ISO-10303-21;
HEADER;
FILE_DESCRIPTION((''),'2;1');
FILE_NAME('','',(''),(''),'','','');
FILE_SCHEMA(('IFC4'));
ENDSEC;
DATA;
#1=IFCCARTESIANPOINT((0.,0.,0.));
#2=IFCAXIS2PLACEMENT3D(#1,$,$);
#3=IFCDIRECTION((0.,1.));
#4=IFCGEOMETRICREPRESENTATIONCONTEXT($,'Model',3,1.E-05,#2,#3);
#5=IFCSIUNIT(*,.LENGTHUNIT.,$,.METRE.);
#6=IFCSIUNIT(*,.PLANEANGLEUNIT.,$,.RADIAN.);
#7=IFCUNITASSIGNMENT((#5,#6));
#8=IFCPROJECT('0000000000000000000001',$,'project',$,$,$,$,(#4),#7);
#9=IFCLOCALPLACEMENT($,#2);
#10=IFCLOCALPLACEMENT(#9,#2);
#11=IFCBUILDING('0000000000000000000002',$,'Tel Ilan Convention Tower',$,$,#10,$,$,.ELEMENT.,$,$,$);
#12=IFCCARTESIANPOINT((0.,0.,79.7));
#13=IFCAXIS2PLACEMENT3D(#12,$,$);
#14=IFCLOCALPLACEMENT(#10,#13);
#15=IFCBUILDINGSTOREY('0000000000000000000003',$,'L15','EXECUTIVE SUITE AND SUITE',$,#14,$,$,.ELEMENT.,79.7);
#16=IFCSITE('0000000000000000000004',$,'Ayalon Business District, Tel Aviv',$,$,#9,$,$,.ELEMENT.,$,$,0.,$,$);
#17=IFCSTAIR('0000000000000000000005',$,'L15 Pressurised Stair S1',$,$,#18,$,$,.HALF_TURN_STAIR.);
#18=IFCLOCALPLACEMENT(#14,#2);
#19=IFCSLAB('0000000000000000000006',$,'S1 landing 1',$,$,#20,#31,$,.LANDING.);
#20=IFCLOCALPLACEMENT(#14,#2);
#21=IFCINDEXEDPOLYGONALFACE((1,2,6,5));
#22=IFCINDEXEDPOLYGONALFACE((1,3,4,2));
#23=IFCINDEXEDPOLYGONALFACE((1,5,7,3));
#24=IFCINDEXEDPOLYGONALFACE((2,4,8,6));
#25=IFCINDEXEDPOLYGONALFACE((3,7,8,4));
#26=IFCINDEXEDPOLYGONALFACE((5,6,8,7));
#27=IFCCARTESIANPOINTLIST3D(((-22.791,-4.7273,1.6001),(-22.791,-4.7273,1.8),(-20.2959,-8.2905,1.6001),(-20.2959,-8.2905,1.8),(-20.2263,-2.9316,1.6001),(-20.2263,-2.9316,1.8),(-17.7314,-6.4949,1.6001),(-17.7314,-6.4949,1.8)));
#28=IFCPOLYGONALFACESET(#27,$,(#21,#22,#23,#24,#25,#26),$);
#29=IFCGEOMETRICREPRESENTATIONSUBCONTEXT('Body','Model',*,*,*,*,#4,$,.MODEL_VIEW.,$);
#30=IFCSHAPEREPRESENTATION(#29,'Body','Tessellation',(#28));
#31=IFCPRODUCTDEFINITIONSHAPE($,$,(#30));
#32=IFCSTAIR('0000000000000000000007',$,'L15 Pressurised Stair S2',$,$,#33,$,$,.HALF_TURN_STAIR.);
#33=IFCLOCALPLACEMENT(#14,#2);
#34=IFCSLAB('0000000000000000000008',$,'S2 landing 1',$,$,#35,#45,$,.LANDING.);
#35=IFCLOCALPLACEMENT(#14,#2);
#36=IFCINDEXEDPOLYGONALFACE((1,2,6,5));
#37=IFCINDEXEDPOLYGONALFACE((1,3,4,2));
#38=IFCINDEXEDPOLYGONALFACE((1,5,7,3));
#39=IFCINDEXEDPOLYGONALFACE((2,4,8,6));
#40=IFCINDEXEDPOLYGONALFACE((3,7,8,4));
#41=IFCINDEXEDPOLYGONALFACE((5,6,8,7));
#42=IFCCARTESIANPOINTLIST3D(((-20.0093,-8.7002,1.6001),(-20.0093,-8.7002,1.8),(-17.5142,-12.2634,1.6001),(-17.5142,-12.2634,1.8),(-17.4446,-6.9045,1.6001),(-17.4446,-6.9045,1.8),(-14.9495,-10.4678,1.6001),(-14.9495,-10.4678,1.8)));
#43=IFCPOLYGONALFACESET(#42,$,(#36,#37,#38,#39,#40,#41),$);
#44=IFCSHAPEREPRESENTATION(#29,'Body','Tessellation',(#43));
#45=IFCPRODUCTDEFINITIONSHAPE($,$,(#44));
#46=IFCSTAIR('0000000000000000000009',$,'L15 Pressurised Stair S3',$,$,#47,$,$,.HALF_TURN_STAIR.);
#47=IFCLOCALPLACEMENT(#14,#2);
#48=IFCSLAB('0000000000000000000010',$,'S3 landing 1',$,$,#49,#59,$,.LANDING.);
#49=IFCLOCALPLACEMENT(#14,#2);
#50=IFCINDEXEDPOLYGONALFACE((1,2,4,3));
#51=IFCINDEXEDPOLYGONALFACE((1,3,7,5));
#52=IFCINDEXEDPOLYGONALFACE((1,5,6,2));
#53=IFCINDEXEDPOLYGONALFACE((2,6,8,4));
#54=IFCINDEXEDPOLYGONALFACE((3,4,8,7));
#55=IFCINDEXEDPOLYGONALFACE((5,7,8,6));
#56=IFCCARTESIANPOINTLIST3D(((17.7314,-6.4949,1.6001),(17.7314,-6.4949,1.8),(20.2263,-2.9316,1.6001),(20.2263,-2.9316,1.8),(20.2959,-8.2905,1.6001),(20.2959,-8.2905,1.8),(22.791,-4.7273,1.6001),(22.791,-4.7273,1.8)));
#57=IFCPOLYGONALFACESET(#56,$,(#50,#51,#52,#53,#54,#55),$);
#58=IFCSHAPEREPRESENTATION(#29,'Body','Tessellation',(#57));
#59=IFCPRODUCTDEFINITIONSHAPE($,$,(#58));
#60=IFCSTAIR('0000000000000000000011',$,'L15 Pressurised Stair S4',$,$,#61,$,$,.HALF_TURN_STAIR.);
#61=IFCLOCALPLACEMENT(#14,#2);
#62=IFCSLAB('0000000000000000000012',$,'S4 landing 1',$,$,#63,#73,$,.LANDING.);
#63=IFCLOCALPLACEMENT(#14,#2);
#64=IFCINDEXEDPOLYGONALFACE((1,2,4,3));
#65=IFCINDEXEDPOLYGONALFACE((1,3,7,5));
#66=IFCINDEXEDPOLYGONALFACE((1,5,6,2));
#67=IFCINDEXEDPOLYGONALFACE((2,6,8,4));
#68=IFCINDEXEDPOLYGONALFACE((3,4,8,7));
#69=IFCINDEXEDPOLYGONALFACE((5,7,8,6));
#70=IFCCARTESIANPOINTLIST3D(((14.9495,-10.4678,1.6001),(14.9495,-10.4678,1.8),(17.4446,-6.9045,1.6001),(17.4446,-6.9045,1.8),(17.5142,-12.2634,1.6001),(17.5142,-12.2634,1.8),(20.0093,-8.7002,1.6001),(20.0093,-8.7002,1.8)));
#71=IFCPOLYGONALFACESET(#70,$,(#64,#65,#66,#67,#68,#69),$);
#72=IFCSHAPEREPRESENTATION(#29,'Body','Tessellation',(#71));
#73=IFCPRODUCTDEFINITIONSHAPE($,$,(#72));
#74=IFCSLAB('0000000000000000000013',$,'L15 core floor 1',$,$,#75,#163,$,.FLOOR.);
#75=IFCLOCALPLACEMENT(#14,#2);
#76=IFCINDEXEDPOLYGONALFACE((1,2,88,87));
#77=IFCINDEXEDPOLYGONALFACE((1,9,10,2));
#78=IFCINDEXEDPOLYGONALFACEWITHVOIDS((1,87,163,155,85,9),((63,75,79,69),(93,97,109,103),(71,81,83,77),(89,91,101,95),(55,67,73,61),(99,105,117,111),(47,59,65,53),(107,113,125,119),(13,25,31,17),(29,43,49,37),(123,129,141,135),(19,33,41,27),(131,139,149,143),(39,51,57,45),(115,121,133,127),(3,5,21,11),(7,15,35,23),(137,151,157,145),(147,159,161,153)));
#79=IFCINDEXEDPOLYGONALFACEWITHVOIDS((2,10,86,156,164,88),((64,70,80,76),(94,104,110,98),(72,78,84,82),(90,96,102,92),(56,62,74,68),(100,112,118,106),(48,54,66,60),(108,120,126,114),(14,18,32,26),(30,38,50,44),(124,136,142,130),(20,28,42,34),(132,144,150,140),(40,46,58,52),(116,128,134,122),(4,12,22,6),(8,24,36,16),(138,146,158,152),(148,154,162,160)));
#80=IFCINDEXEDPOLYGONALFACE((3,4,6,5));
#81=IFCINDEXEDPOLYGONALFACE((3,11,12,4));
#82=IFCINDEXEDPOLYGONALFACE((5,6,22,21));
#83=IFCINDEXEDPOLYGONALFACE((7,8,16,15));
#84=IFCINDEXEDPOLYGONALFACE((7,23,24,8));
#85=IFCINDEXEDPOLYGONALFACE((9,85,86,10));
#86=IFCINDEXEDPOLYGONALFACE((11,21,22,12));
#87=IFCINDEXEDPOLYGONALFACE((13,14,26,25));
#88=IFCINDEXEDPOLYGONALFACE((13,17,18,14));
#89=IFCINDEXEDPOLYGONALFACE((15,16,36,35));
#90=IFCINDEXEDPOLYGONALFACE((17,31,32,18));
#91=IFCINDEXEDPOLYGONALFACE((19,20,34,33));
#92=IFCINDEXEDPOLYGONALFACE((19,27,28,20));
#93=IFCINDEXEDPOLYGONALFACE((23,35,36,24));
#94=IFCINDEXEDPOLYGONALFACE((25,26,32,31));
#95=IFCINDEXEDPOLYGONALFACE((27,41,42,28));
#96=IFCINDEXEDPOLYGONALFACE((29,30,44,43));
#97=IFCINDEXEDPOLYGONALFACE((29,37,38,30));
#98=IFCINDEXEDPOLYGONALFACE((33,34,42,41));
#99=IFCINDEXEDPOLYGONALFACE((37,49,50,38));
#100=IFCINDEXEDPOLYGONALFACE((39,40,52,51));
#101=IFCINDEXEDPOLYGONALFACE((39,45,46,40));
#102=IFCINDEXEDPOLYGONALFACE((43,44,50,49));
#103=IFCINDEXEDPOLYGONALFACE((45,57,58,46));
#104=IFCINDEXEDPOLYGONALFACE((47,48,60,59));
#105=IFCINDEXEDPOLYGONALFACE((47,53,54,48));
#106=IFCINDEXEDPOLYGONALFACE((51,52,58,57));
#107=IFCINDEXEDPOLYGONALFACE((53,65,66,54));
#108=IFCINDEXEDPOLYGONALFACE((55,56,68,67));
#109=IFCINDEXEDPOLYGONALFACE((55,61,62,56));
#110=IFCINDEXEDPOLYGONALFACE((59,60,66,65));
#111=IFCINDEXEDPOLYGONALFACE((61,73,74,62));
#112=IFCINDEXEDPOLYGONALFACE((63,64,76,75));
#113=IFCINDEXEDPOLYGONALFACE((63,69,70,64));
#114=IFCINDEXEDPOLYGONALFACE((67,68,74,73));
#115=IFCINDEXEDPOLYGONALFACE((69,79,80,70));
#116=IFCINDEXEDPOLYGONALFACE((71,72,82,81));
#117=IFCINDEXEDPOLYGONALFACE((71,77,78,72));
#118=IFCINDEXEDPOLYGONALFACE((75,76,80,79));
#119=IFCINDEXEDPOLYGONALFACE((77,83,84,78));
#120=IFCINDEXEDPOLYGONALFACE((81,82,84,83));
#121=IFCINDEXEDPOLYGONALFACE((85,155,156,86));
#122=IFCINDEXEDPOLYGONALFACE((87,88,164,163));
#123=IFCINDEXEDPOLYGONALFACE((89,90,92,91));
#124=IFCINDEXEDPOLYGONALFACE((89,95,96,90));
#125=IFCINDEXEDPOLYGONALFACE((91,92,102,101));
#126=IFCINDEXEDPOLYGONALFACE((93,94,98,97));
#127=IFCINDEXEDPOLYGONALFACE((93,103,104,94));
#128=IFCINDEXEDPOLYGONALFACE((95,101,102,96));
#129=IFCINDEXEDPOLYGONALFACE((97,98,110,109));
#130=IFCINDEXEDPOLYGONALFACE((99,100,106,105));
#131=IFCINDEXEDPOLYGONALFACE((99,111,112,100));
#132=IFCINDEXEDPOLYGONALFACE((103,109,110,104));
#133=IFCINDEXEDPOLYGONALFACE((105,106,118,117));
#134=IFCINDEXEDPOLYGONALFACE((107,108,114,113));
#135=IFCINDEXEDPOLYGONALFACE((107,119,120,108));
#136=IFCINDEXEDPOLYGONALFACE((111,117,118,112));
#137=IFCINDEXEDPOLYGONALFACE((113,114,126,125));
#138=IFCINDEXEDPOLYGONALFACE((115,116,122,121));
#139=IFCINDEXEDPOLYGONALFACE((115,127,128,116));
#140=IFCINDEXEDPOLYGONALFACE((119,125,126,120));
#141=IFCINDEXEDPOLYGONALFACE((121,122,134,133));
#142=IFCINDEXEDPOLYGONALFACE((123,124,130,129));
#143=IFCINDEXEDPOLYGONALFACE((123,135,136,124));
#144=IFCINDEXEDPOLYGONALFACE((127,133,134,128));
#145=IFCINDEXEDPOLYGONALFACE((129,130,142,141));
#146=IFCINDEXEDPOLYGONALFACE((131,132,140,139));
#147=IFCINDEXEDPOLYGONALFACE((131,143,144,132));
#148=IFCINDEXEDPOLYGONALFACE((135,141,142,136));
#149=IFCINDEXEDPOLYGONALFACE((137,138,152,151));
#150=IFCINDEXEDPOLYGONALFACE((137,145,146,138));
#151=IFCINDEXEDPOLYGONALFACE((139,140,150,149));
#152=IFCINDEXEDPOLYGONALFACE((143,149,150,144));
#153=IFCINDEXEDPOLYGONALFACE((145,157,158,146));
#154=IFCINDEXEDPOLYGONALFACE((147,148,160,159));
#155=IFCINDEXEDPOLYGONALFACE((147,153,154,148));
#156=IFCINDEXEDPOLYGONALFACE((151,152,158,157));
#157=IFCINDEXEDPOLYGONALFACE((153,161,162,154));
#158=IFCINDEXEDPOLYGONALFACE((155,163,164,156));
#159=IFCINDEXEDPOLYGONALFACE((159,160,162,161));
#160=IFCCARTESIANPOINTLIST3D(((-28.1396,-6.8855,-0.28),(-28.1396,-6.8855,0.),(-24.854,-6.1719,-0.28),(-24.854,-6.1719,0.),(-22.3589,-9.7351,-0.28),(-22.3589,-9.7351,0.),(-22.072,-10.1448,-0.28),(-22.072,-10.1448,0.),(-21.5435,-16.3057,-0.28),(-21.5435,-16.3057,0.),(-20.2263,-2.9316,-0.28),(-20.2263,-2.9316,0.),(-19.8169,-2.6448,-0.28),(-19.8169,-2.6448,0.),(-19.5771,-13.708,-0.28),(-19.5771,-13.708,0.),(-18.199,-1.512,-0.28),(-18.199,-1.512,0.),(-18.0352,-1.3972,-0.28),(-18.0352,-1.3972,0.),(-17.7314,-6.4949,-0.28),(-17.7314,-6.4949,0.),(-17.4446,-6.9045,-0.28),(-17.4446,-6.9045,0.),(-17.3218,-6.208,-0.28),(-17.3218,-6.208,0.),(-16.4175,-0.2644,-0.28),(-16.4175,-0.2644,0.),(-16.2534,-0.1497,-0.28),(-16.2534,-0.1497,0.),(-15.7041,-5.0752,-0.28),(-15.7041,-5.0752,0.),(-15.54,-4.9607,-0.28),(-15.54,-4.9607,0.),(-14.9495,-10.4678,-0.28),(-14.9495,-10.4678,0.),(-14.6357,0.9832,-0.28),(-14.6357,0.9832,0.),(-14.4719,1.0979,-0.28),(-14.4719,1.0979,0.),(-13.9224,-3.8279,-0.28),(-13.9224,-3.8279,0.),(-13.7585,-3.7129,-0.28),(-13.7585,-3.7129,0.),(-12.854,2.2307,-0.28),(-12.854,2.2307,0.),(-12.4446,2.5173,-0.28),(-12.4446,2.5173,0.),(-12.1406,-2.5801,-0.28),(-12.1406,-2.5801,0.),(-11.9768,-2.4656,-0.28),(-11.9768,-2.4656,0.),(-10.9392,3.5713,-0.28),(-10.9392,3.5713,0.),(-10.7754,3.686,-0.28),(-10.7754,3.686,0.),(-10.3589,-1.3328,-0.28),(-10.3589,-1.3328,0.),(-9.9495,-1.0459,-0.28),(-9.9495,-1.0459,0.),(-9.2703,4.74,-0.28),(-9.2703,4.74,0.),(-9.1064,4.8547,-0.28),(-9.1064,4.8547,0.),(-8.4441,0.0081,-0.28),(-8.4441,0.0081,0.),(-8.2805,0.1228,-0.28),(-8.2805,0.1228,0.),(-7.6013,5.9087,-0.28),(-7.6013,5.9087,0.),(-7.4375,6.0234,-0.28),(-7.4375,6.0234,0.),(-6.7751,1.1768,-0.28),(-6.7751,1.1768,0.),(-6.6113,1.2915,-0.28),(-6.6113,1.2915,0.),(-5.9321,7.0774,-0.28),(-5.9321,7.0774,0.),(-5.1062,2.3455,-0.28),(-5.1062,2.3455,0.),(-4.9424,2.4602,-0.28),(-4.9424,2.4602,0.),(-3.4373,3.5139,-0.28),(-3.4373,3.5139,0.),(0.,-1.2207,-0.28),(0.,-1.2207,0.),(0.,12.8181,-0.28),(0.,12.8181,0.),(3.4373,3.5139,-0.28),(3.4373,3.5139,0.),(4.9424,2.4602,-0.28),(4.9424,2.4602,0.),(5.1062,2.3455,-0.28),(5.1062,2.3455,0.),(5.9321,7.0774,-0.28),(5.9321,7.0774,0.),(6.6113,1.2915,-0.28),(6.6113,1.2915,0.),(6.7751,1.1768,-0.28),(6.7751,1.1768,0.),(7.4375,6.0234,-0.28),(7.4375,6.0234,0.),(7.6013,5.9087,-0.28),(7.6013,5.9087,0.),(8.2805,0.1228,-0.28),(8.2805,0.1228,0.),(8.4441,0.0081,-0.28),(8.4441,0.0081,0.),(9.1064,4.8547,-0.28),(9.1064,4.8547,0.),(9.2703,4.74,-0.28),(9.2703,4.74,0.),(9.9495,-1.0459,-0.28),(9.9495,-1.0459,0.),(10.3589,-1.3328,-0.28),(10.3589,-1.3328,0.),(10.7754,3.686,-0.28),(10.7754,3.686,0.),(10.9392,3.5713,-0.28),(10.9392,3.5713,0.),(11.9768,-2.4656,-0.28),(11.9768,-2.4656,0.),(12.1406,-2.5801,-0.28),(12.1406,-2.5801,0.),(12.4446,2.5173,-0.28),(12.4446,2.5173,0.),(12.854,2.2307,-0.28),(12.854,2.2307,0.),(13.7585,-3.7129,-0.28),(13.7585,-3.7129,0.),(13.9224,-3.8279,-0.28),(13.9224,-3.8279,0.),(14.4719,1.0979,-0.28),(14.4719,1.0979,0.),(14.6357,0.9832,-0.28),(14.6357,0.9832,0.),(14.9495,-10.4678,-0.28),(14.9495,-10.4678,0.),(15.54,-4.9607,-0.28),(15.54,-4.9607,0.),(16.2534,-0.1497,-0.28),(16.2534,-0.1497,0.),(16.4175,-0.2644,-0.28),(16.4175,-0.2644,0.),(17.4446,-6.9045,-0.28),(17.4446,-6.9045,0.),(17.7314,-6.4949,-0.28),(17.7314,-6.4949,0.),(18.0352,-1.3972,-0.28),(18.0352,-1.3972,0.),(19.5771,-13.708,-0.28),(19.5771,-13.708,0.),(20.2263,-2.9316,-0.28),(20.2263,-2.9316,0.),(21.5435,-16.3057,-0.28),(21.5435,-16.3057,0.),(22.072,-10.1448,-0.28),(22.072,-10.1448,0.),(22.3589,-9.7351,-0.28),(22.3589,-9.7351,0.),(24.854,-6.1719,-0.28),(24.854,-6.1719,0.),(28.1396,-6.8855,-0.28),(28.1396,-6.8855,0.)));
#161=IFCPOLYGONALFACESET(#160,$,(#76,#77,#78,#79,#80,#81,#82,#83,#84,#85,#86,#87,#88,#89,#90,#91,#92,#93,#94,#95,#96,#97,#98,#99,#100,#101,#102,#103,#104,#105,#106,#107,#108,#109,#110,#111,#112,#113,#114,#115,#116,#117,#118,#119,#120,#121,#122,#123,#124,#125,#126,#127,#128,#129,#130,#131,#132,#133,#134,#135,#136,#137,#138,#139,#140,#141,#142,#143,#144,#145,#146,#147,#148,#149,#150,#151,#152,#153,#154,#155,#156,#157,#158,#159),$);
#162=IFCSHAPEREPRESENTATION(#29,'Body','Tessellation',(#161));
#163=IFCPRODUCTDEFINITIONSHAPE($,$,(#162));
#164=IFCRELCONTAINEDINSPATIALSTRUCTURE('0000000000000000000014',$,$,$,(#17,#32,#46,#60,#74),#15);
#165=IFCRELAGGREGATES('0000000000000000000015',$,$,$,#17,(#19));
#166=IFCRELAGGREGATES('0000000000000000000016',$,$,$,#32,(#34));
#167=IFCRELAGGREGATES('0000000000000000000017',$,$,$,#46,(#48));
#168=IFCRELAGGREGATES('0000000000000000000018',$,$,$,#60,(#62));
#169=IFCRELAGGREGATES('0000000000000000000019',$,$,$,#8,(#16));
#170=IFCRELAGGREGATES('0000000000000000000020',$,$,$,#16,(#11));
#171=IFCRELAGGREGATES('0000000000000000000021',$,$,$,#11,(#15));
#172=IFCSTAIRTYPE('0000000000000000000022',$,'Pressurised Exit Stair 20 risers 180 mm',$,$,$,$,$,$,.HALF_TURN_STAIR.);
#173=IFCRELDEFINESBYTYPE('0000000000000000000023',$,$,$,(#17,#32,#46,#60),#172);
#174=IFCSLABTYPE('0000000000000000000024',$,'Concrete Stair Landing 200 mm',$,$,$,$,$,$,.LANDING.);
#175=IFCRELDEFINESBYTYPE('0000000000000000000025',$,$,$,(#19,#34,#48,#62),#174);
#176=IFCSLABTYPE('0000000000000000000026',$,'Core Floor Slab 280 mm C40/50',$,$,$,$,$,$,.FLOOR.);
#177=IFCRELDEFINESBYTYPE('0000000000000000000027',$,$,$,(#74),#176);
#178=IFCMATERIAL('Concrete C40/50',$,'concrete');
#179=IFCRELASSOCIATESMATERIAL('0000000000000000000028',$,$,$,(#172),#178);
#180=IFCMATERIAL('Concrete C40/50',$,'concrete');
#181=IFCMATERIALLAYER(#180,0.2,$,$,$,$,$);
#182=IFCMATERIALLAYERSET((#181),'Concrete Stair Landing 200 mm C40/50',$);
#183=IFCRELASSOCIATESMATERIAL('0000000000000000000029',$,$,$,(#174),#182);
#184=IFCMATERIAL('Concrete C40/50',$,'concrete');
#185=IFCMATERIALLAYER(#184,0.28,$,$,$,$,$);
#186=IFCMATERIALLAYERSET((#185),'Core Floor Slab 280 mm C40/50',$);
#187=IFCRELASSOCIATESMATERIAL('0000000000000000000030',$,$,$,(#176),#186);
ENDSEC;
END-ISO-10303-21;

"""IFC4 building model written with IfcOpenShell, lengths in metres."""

from ifc_helpers import new_model, si_unit, direction, frame, origin, place, context, subcontext, project, spatial, polyline, outline, extrude, material, layer, layer_set, type_object, element, aggregate, save


model = new_model("IFC4")

# Units and contexts
model_context = context("Model", 3, precision=1e-05, world=origin(), true_north=direction((0.0, 1.0)))
body_context = subcontext(model_context, "Body", "Model", "MODEL_VIEW")
ifc_project = project(units=[si_unit("LENGTHUNIT", "METRE"), si_unit("PLANEANGLEUNIT", "RADIAN")], contexts=[model_context])

# Site, building, storey
site_placement = place(None, origin())
site = spatial("IfcSite", under=ifc_project, at=site_placement, Name="Ayalon Business District, Tel Aviv", CompositionType="ELEMENT", RefElevation=0.0)
building_placement = place(site_placement, origin())
building = spatial("IfcBuilding", under=site, at=building_placement, Name="Tel Ilan Convention Tower", CompositionType="ELEMENT")
storey_placement = place(building_placement, frame((0.0, 0.0, 79.7)))
storey = spatial("IfcBuildingStorey", under=building, at=storey_placement, Name="L15", Description="EXECUTIVE SUITE AND SUITE", CompositionType="ELEMENT", Elevation=79.7)

# Stairs, slabs
ifc_material_1 = material(Name="Concrete C40/50", Category="concrete")
stair_type = type_object("IfcStairType", Name="Pressurised Exit Stair 20 risers 180 mm", PredefinedType="HALF_TURN_STAIR", material=ifc_material_1)
stair_1_placement = place(storey_placement, origin())
stair_1 = element("IfcStair", 1, at=stair_1_placement, inside=storey, type_object=stair_type, Name="L15 Pressurised Stair S1", PredefinedType="HALF_TURN_STAIR")
ifc_material_2 = material(Name="Concrete C40/50", Category="concrete")
ifc_layer_1 = layer(ifc_material_2, 0.2)
ifc_layer_set_1 = layer_set([ifc_layer_1], Name="Concrete Stair Landing 200 mm C40/50")
slab_type_1 = type_object("IfcSlabType", Name="Concrete Stair Landing 200 mm", PredefinedType="LANDING", material=ifc_layer_set_1)
slab_1_placement = place(storey_placement, frame((0.0, 0.0, 1.6001)))
slab_1 = element("IfcSlab", 2, at=slab_1_placement, type_object=slab_type_1, Name="S1 landing 1", PredefinedType="LANDING", context=body_context, shape_type="SweptSolid", body=[
    extrude(outline(polyline([(-20.2959, -8.2905), (-17.7314, -6.4949), (-20.2263, -2.9316), (-22.791, -4.7273), (-20.2959, -8.2905)])), origin(), (0.0, 0.0, 1.0), 0.2),
])
aggregate(stair_1, [slab_1])
stair_2_placement = place(storey_placement, origin())
stair_2 = element("IfcStair", 3, at=stair_2_placement, inside=storey, type_object=stair_type, Name="L15 Pressurised Stair S2", PredefinedType="HALF_TURN_STAIR")
slab_2_placement = place(storey_placement, frame((0.0, 0.0, 1.6001)))
slab_2 = element("IfcSlab", 4, at=slab_2_placement, type_object=slab_type_1, Name="S2 landing 1", PredefinedType="LANDING", context=body_context, shape_type="SweptSolid", body=[
    extrude(outline(polyline([(-17.5142, -12.2634), (-14.9495, -10.4678), (-17.4446, -6.9045), (-20.0093, -8.7002), (-17.5142, -12.2634)])), origin(), (0.0, 0.0, 1.0), 0.2),
])
aggregate(stair_2, [slab_2])
stair_3_placement = place(storey_placement, origin())
stair_3 = element("IfcStair", 5, at=stair_3_placement, inside=storey, type_object=stair_type, Name="L15 Pressurised Stair S3", PredefinedType="HALF_TURN_STAIR")
slab_3_placement = place(storey_placement, frame((0.0, 0.0, 1.6001)))
slab_3 = element("IfcSlab", 6, at=slab_3_placement, type_object=slab_type_1, Name="S3 landing 1", PredefinedType="LANDING", context=body_context, shape_type="SweptSolid", body=[
    extrude(outline(polyline([(22.791, -4.7273), (20.2263, -2.9316), (17.7314, -6.4949), (20.2959, -8.2905), (22.791, -4.7273)])), origin(), (0.0, 0.0, 1.0), 0.2),
])
aggregate(stair_3, [slab_3])
stair_4_placement = place(storey_placement, origin())
stair_4 = element("IfcStair", 7, at=stair_4_placement, inside=storey, type_object=stair_type, Name="L15 Pressurised Stair S4", PredefinedType="HALF_TURN_STAIR")
slab_4_placement = place(storey_placement, frame((0.0, 0.0, 1.6001)))
slab_4 = element("IfcSlab", 8, at=slab_4_placement, type_object=slab_type_1, Name="S4 landing 1", PredefinedType="LANDING", context=body_context, shape_type="SweptSolid", body=[
    extrude(outline(polyline([(20.0093, -8.7002), (17.4446, -6.9045), (14.9495, -10.4678), (17.5142, -12.2634), (20.0093, -8.7002)])), origin(), (0.0, 0.0, 1.0), 0.2),
])
aggregate(stair_4, [slab_4])

# Slab
ifc_material_3 = material(Name="Concrete C40/50", Category="concrete")
ifc_layer_2 = layer(ifc_material_3, 0.28)
ifc_layer_set_2 = layer_set([ifc_layer_2], Name="Core Floor Slab 280 mm C40/50")
slab_type_2 = type_object("IfcSlabType", Name="Core Floor Slab 280 mm C40/50", PredefinedType="FLOOR", material=ifc_layer_set_2)
slab_5_placement = place(storey_placement, frame((0.0, 0.0, -0.28)))
element("IfcSlab", 9, at=slab_5_placement, inside=storey, type_object=slab_type_2, Name="L15 core floor 1", PredefinedType="FLOOR", context=body_context, shape_type="SweptSolid", body=[
    extrude(outline(polyline([(-28.1396, -6.8855), (0.0, 12.8181), (28.1396, -6.8855), (21.5435, -16.3057), (0.0, -1.2207), (-21.5435, -16.3057), (-28.1396, -6.8855)]), holes=[polyline([(-14.9495, -10.4678), (-17.4446, -6.9045), (-22.072, -10.1448), (-19.5771, -13.708), (-14.9495, -10.4678)]), polyline([(-17.7314, -6.4949), (-20.2263, -2.9316), (-24.854, -6.1719), (-22.3589, -9.7351), (-17.7314, -6.4949)]), polyline([(-18.199, -1.512), (-19.8169, -2.6448), (-17.3218, -6.208), (-15.7041, -5.0752), (-18.199, -1.512)]), polyline([(-16.4175, -0.2644), (-18.0352, -1.3972), (-15.54, -4.9607), (-13.9224, -3.8279), (-16.4175, -0.2644)]), polyline([(-14.6357, 0.9832), (-16.2534, -0.1497), (-13.7585, -3.7129), (-12.1406, -2.5801), (-14.6357, 0.9832)]), polyline([(-12.854, 2.2307), (-14.4719, 1.0979), (-11.9768, -2.4656), (-10.3589, -1.3328), (-12.854, 2.2307)]), polyline([(-10.9392, 3.5713), (-12.4446, 2.5173), (-9.9495, -1.0459), (-8.4441, 0.0081), (-10.9392, 3.5713)]), polyline([(-6.7751, 1.1768), (-9.2703, 4.74), (-10.7754, 3.686), (-8.2805, 0.1228), (-6.7751, 1.1768)]), polyline([(-5.1062, 2.3455), (-7.6013, 5.9087), (-9.1064, 4.8547), (-6.6113, 1.2915), (-5.1062, 2.3455)]), polyline([(-5.9321, 7.0774), (-7.4375, 6.0234), (-4.9424, 2.4602), (-3.4373, 3.5139), (-5.9321, 7.0774)]), polyline([(17.4446, -6.9045), (14.9495, -10.4678), (19.5771, -13.708), (22.072, -10.1448), (17.4446, -6.9045)]), polyline([(20.2263, -2.9316), (17.7314, -6.4949), (22.3589, -9.7351), (24.854, -6.1719), (20.2263, -2.9316)]), polyline([(13.9224, -3.8279), (15.54, -4.9607), (18.0352, -1.3972), (16.4175, -0.2644), (13.9224, -3.8279)]), polyline([(12.1406, -2.5801), (13.7585, -3.7129), (16.2534, -0.1497), (14.6357, 0.9832), (12.1406, -2.5801)]), polyline([(11.9768, -2.4656), (14.4719, 1.0979), (12.854, 2.2307), (10.3589, -1.3328), (11.9768, -2.4656)]), polyline([(9.9495, -1.0459), (12.4446, 2.5173), (10.9392, 3.5713), (8.4441, 0.0081), (9.9495, -1.0459)]), polyline([(8.2805, 0.1228), (10.7754, 3.686), (9.2703, 4.74), (6.7751, 1.1768), (8.2805, 0.1228)]), polyline([(5.1062, 2.3455), (6.6113, 1.2915), (9.1064, 4.8547), (7.6013, 5.9087), (5.1062, 2.3455)]), polyline([(3.4373, 3.5139), (4.9424, 2.4602), (7.4375, 6.0234), (5.9321, 7.0774), (3.4373, 3.5139)])]), origin(), (0.0, 0.0, 1.0), 0.28),
])

save(model, "model.ifc")
